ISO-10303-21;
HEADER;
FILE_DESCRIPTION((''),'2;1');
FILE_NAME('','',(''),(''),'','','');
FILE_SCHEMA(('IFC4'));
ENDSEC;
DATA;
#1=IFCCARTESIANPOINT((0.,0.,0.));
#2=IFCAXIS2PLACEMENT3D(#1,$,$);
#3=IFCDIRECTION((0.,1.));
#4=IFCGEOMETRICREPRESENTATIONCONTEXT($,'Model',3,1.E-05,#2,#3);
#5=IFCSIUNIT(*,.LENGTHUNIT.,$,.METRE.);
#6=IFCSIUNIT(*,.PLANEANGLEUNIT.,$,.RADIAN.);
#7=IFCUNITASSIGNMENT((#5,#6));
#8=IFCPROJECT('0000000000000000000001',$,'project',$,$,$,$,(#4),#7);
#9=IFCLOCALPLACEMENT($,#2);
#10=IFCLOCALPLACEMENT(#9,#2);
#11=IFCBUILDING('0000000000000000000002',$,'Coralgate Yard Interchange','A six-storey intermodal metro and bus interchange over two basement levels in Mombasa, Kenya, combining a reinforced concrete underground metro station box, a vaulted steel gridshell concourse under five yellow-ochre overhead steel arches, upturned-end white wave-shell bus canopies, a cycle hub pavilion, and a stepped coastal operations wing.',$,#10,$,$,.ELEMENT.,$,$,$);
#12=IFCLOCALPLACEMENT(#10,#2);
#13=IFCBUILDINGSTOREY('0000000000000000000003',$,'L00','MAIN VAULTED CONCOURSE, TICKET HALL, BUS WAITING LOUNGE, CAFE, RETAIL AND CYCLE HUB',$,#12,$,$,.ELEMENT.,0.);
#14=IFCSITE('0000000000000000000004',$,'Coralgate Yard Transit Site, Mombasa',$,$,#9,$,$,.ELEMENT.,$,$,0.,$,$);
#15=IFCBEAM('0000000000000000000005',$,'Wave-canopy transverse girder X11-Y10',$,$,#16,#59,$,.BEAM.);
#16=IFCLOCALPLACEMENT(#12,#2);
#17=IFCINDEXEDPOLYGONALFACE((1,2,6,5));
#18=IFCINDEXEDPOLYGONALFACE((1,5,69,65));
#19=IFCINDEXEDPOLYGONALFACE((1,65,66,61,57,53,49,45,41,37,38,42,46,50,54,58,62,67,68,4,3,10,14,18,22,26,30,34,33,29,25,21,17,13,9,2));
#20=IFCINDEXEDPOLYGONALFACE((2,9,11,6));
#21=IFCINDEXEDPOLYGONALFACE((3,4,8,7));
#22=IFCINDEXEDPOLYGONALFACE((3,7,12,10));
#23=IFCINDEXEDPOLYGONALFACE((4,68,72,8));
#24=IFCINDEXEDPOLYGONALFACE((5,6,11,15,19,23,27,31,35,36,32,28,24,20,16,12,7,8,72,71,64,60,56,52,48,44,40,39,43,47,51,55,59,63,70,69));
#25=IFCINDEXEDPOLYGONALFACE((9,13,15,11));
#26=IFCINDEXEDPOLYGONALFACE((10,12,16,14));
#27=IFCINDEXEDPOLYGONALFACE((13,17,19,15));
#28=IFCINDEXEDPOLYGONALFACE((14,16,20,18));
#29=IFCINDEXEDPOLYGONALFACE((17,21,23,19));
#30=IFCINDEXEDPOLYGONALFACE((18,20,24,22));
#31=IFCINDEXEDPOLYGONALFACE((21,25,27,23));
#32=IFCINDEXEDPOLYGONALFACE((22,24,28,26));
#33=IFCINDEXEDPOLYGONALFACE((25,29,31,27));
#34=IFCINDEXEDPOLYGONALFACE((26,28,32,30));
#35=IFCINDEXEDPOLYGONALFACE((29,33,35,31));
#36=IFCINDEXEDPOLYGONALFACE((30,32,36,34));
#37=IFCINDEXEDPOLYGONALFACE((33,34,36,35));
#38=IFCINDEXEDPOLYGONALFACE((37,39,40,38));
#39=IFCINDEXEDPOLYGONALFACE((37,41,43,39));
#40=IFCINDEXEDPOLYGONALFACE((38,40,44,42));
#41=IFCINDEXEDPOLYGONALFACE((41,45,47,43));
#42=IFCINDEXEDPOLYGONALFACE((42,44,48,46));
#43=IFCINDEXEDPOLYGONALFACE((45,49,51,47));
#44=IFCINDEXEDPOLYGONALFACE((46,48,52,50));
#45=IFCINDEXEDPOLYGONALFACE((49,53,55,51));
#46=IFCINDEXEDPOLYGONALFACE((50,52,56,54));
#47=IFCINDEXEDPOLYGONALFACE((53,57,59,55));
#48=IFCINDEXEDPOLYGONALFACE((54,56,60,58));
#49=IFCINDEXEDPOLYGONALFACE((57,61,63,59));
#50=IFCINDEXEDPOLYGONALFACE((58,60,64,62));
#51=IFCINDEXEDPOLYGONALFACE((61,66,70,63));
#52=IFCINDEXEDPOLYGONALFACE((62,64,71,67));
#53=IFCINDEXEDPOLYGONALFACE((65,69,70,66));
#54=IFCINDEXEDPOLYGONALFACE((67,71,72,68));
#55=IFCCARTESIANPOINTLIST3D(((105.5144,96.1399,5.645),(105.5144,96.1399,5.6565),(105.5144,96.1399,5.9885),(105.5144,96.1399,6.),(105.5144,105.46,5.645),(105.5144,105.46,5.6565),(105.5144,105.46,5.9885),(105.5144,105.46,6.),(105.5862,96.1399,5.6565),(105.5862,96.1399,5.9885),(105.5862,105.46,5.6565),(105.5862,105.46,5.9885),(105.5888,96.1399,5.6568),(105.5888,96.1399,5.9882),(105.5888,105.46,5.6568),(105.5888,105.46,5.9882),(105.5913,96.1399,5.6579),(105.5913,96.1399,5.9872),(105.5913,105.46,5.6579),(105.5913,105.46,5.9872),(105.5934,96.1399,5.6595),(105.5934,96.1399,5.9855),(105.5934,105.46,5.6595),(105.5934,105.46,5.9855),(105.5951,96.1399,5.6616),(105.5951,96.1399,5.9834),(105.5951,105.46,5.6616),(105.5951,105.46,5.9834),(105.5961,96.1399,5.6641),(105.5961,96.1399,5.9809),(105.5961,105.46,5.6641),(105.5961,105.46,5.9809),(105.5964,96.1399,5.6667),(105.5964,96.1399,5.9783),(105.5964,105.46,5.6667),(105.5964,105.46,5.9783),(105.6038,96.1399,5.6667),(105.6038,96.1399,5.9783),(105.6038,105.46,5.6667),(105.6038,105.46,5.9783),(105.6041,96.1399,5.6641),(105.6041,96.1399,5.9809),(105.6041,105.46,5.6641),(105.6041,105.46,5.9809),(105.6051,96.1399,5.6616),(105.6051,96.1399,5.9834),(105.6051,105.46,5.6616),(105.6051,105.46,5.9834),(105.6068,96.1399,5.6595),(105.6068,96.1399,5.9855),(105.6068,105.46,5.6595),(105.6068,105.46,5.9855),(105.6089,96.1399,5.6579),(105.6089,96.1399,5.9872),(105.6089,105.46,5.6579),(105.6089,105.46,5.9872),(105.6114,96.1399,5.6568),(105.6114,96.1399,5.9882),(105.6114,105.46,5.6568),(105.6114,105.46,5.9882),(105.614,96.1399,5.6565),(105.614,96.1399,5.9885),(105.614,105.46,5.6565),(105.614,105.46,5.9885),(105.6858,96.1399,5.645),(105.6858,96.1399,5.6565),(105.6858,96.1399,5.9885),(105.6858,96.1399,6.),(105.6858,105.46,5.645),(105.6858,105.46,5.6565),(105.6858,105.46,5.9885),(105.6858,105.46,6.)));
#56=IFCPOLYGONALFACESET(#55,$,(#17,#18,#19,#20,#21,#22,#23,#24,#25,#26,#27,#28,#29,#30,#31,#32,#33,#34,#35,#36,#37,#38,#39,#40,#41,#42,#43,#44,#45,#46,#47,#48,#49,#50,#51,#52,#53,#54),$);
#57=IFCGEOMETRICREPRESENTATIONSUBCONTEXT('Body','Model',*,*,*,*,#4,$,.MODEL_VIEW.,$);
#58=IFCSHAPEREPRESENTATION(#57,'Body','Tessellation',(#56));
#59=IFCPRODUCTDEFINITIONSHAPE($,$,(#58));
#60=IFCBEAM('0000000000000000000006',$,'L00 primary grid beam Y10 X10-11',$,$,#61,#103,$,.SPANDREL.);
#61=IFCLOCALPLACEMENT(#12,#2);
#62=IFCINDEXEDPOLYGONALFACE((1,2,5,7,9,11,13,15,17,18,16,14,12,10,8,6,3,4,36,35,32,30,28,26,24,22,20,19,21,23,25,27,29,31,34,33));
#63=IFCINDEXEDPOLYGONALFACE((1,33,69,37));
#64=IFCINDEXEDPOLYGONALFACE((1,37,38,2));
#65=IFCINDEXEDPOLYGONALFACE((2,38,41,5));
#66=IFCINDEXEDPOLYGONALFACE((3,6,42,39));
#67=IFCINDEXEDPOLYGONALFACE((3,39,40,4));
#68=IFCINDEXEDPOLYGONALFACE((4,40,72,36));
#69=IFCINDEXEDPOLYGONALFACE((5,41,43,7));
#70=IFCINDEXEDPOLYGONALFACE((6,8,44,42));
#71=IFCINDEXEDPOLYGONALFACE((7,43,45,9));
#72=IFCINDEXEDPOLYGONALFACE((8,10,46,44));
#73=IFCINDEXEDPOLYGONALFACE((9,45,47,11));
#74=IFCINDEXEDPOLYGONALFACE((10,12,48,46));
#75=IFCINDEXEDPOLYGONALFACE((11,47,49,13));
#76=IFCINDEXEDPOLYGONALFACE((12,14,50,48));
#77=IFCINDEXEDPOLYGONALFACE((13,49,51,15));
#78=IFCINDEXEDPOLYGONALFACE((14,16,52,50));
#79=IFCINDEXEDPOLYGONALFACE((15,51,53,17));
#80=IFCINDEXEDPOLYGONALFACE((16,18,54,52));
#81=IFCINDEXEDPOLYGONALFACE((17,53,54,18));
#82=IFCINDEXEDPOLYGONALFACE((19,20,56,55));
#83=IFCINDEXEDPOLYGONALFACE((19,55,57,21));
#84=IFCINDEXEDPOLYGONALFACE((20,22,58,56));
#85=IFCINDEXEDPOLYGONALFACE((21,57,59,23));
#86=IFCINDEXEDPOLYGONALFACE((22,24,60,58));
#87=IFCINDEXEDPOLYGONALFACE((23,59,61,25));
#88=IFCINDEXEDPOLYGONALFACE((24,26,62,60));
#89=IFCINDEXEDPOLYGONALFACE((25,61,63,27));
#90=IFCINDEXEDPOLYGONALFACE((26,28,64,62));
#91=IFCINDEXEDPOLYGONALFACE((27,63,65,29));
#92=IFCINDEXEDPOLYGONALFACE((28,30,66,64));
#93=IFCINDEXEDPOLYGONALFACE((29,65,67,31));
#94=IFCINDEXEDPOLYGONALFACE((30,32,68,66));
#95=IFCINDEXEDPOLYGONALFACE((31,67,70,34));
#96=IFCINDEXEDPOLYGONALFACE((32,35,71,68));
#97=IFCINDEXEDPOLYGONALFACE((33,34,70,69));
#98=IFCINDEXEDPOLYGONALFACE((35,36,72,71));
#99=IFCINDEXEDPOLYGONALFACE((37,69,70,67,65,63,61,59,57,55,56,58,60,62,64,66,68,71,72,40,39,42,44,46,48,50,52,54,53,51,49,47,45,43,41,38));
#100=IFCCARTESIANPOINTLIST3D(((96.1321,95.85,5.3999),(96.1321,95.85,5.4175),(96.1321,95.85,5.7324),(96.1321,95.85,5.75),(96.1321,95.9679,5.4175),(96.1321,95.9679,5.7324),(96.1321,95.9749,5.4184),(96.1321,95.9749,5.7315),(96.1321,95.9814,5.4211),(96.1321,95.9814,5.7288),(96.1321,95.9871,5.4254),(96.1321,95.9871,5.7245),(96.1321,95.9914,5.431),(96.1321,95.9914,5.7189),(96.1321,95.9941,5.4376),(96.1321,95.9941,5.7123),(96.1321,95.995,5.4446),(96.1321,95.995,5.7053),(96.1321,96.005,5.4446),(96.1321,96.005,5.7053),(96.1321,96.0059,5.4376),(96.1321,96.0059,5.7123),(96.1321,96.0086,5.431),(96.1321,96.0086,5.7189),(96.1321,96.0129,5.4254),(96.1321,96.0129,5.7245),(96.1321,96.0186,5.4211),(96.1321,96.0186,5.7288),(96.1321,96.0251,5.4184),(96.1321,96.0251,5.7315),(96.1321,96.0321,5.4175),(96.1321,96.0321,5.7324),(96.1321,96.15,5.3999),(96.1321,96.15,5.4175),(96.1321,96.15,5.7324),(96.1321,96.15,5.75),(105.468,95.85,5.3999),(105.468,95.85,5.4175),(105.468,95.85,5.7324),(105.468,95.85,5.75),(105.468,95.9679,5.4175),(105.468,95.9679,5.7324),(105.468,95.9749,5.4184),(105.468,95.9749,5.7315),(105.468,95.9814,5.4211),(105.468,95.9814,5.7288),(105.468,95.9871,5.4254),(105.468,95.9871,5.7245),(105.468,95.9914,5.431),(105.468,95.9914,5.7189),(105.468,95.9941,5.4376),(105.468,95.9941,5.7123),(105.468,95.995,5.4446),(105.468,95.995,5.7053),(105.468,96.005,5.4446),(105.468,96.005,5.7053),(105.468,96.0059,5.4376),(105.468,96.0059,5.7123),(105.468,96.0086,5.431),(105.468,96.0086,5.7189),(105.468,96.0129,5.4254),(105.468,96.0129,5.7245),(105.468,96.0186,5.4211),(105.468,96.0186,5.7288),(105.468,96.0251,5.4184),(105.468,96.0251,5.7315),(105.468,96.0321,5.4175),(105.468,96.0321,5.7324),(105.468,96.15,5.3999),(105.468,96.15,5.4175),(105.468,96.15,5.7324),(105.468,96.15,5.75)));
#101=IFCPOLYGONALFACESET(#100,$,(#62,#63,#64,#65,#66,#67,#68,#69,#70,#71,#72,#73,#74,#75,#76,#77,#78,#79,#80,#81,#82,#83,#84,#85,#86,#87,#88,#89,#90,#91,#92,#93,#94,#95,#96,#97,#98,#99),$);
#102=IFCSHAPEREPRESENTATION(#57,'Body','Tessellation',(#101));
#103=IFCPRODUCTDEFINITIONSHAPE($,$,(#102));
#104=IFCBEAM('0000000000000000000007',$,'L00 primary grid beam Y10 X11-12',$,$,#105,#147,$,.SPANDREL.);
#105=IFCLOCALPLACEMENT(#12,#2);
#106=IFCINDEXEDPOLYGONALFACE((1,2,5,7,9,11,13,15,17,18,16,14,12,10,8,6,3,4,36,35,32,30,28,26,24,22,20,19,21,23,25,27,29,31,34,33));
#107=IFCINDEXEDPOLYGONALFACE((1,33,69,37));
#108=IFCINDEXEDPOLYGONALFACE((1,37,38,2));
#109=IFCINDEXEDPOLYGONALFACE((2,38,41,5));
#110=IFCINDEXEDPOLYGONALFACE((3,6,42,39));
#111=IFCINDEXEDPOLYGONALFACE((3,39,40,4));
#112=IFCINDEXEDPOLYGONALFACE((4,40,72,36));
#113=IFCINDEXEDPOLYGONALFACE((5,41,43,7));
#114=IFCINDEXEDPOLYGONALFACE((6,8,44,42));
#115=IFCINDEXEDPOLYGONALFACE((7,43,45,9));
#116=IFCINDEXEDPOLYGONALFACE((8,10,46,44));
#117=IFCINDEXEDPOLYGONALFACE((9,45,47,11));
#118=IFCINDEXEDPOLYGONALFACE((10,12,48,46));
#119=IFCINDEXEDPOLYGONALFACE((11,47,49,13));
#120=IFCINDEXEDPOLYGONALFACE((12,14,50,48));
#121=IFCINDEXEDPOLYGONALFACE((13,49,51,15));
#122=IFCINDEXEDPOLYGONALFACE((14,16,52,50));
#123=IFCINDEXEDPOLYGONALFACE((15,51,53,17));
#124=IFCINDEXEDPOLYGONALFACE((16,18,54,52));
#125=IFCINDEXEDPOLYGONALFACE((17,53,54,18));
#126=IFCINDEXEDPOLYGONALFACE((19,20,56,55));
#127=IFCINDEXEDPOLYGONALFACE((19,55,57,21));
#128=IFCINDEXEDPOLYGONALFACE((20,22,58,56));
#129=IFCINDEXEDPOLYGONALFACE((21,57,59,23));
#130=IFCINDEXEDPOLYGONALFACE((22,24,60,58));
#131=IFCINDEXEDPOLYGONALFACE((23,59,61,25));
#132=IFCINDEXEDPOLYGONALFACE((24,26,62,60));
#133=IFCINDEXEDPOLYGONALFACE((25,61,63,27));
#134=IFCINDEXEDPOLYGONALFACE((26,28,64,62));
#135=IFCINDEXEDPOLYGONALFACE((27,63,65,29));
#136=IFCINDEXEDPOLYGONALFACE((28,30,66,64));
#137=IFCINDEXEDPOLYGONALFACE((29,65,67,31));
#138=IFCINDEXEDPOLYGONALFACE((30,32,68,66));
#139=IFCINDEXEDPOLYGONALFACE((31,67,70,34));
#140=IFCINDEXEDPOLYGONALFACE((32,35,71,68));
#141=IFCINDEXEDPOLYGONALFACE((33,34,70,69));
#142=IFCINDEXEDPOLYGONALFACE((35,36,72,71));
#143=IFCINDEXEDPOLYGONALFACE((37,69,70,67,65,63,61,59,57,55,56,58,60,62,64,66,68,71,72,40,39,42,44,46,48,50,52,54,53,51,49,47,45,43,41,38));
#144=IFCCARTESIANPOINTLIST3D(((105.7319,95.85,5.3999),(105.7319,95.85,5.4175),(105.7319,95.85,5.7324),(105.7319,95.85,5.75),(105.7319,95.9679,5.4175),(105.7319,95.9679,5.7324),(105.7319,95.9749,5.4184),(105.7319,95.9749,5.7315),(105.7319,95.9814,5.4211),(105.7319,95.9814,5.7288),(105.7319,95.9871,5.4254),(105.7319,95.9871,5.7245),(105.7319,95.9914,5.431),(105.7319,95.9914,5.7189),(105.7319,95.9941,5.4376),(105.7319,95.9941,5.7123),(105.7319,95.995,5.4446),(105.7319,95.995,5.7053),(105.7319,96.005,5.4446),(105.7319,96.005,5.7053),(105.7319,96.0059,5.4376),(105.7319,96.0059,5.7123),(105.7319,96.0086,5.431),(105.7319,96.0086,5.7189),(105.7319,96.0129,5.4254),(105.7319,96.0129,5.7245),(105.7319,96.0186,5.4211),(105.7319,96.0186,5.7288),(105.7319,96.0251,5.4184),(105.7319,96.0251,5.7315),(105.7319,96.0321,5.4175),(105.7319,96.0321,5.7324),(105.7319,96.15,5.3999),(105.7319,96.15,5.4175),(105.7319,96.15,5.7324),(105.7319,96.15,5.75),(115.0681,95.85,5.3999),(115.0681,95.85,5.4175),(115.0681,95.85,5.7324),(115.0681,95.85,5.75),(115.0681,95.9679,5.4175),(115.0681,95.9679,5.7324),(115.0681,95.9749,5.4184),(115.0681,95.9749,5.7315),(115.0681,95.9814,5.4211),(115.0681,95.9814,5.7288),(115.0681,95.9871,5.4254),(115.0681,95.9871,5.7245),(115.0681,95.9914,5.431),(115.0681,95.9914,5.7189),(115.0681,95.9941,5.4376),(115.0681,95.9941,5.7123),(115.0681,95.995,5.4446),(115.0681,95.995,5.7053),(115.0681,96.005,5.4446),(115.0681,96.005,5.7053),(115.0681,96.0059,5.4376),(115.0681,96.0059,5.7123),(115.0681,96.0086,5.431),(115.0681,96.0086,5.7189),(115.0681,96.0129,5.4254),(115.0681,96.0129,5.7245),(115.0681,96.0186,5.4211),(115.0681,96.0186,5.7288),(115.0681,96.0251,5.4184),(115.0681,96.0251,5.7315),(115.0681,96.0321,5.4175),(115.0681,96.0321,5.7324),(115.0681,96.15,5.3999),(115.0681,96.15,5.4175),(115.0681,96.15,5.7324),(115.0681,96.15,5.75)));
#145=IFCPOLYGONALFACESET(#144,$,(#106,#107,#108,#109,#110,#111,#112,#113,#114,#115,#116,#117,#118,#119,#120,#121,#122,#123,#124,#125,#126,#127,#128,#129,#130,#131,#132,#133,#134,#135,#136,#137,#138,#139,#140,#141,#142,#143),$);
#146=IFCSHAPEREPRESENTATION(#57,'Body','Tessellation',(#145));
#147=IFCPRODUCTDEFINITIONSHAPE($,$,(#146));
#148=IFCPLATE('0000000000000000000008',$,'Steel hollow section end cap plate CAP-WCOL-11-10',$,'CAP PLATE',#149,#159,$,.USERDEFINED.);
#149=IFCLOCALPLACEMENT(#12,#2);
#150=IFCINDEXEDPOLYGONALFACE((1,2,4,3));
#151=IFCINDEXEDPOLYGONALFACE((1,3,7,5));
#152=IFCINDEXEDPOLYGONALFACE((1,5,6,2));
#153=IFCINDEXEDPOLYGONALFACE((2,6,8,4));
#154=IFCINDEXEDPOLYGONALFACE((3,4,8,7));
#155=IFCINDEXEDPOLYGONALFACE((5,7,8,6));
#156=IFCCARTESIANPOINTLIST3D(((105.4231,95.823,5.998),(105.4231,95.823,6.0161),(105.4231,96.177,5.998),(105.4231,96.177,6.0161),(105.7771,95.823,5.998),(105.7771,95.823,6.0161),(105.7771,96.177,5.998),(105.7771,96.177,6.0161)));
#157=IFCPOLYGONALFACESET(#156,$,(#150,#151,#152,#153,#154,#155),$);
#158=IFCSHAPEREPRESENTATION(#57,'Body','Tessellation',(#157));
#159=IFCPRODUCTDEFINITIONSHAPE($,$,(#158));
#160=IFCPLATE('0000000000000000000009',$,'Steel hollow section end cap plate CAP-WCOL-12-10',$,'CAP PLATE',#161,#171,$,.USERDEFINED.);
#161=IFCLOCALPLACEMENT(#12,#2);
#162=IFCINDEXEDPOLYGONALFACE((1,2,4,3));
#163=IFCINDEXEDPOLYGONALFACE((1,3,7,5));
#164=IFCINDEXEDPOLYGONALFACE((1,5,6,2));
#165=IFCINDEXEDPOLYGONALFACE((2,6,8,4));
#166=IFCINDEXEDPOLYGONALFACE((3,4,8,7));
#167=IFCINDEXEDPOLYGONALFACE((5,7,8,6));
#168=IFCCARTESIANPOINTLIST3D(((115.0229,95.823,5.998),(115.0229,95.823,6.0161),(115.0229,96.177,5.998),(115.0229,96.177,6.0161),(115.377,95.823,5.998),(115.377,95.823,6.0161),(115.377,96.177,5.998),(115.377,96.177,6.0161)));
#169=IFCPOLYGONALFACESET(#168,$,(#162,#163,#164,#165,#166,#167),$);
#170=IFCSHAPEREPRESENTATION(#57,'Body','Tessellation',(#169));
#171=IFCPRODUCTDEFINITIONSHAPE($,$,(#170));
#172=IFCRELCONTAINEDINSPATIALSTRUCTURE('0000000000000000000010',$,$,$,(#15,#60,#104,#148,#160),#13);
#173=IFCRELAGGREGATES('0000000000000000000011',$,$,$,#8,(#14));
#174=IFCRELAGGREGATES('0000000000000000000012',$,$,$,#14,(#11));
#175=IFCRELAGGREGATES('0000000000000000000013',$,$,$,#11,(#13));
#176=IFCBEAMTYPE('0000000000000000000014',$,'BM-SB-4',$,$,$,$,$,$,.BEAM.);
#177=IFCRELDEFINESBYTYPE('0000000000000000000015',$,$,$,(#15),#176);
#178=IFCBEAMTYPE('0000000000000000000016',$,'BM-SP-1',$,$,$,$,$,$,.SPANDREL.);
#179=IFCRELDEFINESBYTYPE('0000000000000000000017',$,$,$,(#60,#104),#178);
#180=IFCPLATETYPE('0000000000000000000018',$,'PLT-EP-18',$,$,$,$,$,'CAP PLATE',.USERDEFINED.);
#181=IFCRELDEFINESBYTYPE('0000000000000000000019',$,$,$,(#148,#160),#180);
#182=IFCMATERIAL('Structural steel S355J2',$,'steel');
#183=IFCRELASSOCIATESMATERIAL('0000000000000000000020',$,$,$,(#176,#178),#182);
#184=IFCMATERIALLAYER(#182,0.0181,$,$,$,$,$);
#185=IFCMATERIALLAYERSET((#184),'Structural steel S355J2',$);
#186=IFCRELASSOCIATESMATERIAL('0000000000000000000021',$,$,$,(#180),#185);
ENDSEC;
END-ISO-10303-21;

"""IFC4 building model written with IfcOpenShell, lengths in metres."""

from ifc_helpers import new_model, si_unit, direction, frame, origin, origin_2d, place, context, subcontext, project, spatial, rectangle, i_section, extrude, material, layer, layer_set, material_profile, profile_set, type_object, element, save


model = new_model("IFC4")

# Units and contexts
model_context = context("Model", 3, precision=1e-05, world=origin(), true_north=direction((0.0, 1.0)))
body_context = subcontext(model_context, "Body", "Model", "MODEL_VIEW")
ifc_project = project(units=[si_unit("LENGTHUNIT", "METRE"), si_unit("PLANEANGLEUNIT", "RADIAN")], contexts=[model_context])

# Site, building, storey
site_placement = place(None, origin())
site = spatial("IfcSite", under=ifc_project, at=site_placement, Name="Coralgate Yard Transit Site, Mombasa", CompositionType="ELEMENT", RefElevation=0.0)
building_placement = place(site_placement, origin())
building = spatial("IfcBuilding", under=site, at=building_placement, Name="Coralgate Yard Interchange", Description="A six-storey intermodal metro and bus interchange over two basement levels in Mombasa, Kenya, combining a reinforced concrete underground metro station box, a vaulted steel gridshell concourse under five yellow-ochre overhead steel arches, upturned-end white wave-shell bus canopies, a cycle hub pavilion, and a stepped coastal operations wing.", CompositionType="ELEMENT")
storey_placement = place(building_placement, origin())
storey = spatial("IfcBuildingStorey", under=building, at=storey_placement, Name="L00", Description="MAIN VAULTED CONCOURSE, TICKET HALL, BUS WAITING LOUNGE, CAFE, RETAIL AND CYCLE HUB", CompositionType="ELEMENT", Elevation=0.0)

# Shared definitions
ifc_material_1 = material(Name="Structural steel S355J2", Category="steel")

# Beams
ifc_material_profile_1 = material_profile(ifc_material_1, i_section(OverallWidth=0.1714, OverallDepth=0.355, WebThickness=0.0073, FlangeThickness=0.0115, FilletRadius=0.0103, at=origin_2d()), Name="UB 356x171x51")
ifc_profile_set_1 = profile_set([ifc_material_profile_1], Name="Structural steel S355J2")
beam_type_1 = type_object("IfcBeamType", Name="BM-SB-4", PredefinedType="BEAM", material=ifc_profile_set_1)
beam_1_placement = place(storey_placement, frame((105.6001, 96.1399, 5.8225), z_axis=(0.0, 1.0, 0.0), x_axis=(-1.0, 0.0, 0.0)))
element("IfcBeam", 1, at=beam_1_placement, inside=storey, type_object=beam_type_1, Name="Wave-canopy transverse girder X11-Y10", PredefinedType="BEAM", context=body_context, shape_type="SweptSolid", body=[
    extrude(i_section(OverallWidth=0.1714, OverallDepth=0.355, WebThickness=0.0073, FlangeThickness=0.0115, FilletRadius=0.0103, at=origin_2d()), origin(), (0.0, 0.0, 1.0), 9.3201),
])
ifc_material_profile_2 = material_profile(ifc_material_1, i_section(OverallWidth=0.3, OverallDepth=0.3501, WebThickness=0.01, FlangeThickness=0.0176, FilletRadius=0.0271, at=origin_2d()), Name="HEA 360")
ifc_profile_set_2 = profile_set([ifc_material_profile_2], Name="Structural steel S355J2")
beam_type_2 = type_object("IfcBeamType", Name="BM-SP-1", PredefinedType="SPANDREL", material=ifc_profile_set_2)
beam_2_placement = place(storey_placement, frame((96.1321, 96.0, 5.575), z_axis=(1.0, 0.0, 0.0), x_axis=(0.0, 1.0, 0.0)))
element("IfcBeam", 2, at=beam_2_placement, inside=storey, type_object=beam_type_2, Name="L00 primary grid beam Y10 X10-11", PredefinedType="SPANDREL", context=body_context, shape_type="SweptSolid", body=[
    extrude(i_section(OverallWidth=0.3, OverallDepth=0.3501, WebThickness=0.01, FlangeThickness=0.0176, FilletRadius=0.0271, at=origin_2d()), origin(), (0.0, 0.0, 1.0), 9.3359),
])
beam_3_placement = place(storey_placement, frame((105.7319, 96.0, 5.575), z_axis=(1.0, 0.0, 0.0), x_axis=(0.0, 1.0, 0.0)))
element("IfcBeam", 3, at=beam_3_placement, inside=storey, type_object=beam_type_2, Name="L00 primary grid beam Y10 X11-12", PredefinedType="SPANDREL", context=body_context, shape_type="SweptSolid", body=[
    extrude(i_section(OverallWidth=0.3, OverallDepth=0.3501, WebThickness=0.01, FlangeThickness=0.0176, FilletRadius=0.0271, at=origin_2d()), origin(), (0.0, 0.0, 1.0), 9.3362),
])

# Plates
ifc_layer_1 = layer(ifc_material_1, 0.0181)
ifc_layer_set_1 = layer_set([ifc_layer_1], Name="Structural steel S355J2")
plate_type = type_object("IfcPlateType", Name="PLT-EP-18", ElementType="CAP PLATE", PredefinedType="USERDEFINED", material=ifc_layer_set_1)
for number, where, z_axis, x_axis, name in (
    (4, (105.6001, 96.0, 5.998), (0.0, 0.0, 1.0), (1.0, 0.0, 0.0), "Steel hollow section end cap plate CAP-WCOL-11-10"),
    (5, (115.2, 96.0, 5.998), (0.0, 0.0, 1.0), (1.0, 0.0, 0.0), "Steel hollow section end cap plate CAP-WCOL-12-10"),
):
    element("IfcPlate", number, at=place(storey_placement, frame(where, z_axis=z_axis, x_axis=x_axis)), inside=storey, type_object=plate_type, Name=name, ObjectType="CAP PLATE", PredefinedType="USERDEFINED", context=body_context, shape_type="SweptSolid", body=[
        extrude(rectangle(XDim=0.354, YDim=0.354, at=origin_2d()), origin(), (0.0, 0.0, 1.0), 0.0181),
    ])

save(model, "model.ifc")
